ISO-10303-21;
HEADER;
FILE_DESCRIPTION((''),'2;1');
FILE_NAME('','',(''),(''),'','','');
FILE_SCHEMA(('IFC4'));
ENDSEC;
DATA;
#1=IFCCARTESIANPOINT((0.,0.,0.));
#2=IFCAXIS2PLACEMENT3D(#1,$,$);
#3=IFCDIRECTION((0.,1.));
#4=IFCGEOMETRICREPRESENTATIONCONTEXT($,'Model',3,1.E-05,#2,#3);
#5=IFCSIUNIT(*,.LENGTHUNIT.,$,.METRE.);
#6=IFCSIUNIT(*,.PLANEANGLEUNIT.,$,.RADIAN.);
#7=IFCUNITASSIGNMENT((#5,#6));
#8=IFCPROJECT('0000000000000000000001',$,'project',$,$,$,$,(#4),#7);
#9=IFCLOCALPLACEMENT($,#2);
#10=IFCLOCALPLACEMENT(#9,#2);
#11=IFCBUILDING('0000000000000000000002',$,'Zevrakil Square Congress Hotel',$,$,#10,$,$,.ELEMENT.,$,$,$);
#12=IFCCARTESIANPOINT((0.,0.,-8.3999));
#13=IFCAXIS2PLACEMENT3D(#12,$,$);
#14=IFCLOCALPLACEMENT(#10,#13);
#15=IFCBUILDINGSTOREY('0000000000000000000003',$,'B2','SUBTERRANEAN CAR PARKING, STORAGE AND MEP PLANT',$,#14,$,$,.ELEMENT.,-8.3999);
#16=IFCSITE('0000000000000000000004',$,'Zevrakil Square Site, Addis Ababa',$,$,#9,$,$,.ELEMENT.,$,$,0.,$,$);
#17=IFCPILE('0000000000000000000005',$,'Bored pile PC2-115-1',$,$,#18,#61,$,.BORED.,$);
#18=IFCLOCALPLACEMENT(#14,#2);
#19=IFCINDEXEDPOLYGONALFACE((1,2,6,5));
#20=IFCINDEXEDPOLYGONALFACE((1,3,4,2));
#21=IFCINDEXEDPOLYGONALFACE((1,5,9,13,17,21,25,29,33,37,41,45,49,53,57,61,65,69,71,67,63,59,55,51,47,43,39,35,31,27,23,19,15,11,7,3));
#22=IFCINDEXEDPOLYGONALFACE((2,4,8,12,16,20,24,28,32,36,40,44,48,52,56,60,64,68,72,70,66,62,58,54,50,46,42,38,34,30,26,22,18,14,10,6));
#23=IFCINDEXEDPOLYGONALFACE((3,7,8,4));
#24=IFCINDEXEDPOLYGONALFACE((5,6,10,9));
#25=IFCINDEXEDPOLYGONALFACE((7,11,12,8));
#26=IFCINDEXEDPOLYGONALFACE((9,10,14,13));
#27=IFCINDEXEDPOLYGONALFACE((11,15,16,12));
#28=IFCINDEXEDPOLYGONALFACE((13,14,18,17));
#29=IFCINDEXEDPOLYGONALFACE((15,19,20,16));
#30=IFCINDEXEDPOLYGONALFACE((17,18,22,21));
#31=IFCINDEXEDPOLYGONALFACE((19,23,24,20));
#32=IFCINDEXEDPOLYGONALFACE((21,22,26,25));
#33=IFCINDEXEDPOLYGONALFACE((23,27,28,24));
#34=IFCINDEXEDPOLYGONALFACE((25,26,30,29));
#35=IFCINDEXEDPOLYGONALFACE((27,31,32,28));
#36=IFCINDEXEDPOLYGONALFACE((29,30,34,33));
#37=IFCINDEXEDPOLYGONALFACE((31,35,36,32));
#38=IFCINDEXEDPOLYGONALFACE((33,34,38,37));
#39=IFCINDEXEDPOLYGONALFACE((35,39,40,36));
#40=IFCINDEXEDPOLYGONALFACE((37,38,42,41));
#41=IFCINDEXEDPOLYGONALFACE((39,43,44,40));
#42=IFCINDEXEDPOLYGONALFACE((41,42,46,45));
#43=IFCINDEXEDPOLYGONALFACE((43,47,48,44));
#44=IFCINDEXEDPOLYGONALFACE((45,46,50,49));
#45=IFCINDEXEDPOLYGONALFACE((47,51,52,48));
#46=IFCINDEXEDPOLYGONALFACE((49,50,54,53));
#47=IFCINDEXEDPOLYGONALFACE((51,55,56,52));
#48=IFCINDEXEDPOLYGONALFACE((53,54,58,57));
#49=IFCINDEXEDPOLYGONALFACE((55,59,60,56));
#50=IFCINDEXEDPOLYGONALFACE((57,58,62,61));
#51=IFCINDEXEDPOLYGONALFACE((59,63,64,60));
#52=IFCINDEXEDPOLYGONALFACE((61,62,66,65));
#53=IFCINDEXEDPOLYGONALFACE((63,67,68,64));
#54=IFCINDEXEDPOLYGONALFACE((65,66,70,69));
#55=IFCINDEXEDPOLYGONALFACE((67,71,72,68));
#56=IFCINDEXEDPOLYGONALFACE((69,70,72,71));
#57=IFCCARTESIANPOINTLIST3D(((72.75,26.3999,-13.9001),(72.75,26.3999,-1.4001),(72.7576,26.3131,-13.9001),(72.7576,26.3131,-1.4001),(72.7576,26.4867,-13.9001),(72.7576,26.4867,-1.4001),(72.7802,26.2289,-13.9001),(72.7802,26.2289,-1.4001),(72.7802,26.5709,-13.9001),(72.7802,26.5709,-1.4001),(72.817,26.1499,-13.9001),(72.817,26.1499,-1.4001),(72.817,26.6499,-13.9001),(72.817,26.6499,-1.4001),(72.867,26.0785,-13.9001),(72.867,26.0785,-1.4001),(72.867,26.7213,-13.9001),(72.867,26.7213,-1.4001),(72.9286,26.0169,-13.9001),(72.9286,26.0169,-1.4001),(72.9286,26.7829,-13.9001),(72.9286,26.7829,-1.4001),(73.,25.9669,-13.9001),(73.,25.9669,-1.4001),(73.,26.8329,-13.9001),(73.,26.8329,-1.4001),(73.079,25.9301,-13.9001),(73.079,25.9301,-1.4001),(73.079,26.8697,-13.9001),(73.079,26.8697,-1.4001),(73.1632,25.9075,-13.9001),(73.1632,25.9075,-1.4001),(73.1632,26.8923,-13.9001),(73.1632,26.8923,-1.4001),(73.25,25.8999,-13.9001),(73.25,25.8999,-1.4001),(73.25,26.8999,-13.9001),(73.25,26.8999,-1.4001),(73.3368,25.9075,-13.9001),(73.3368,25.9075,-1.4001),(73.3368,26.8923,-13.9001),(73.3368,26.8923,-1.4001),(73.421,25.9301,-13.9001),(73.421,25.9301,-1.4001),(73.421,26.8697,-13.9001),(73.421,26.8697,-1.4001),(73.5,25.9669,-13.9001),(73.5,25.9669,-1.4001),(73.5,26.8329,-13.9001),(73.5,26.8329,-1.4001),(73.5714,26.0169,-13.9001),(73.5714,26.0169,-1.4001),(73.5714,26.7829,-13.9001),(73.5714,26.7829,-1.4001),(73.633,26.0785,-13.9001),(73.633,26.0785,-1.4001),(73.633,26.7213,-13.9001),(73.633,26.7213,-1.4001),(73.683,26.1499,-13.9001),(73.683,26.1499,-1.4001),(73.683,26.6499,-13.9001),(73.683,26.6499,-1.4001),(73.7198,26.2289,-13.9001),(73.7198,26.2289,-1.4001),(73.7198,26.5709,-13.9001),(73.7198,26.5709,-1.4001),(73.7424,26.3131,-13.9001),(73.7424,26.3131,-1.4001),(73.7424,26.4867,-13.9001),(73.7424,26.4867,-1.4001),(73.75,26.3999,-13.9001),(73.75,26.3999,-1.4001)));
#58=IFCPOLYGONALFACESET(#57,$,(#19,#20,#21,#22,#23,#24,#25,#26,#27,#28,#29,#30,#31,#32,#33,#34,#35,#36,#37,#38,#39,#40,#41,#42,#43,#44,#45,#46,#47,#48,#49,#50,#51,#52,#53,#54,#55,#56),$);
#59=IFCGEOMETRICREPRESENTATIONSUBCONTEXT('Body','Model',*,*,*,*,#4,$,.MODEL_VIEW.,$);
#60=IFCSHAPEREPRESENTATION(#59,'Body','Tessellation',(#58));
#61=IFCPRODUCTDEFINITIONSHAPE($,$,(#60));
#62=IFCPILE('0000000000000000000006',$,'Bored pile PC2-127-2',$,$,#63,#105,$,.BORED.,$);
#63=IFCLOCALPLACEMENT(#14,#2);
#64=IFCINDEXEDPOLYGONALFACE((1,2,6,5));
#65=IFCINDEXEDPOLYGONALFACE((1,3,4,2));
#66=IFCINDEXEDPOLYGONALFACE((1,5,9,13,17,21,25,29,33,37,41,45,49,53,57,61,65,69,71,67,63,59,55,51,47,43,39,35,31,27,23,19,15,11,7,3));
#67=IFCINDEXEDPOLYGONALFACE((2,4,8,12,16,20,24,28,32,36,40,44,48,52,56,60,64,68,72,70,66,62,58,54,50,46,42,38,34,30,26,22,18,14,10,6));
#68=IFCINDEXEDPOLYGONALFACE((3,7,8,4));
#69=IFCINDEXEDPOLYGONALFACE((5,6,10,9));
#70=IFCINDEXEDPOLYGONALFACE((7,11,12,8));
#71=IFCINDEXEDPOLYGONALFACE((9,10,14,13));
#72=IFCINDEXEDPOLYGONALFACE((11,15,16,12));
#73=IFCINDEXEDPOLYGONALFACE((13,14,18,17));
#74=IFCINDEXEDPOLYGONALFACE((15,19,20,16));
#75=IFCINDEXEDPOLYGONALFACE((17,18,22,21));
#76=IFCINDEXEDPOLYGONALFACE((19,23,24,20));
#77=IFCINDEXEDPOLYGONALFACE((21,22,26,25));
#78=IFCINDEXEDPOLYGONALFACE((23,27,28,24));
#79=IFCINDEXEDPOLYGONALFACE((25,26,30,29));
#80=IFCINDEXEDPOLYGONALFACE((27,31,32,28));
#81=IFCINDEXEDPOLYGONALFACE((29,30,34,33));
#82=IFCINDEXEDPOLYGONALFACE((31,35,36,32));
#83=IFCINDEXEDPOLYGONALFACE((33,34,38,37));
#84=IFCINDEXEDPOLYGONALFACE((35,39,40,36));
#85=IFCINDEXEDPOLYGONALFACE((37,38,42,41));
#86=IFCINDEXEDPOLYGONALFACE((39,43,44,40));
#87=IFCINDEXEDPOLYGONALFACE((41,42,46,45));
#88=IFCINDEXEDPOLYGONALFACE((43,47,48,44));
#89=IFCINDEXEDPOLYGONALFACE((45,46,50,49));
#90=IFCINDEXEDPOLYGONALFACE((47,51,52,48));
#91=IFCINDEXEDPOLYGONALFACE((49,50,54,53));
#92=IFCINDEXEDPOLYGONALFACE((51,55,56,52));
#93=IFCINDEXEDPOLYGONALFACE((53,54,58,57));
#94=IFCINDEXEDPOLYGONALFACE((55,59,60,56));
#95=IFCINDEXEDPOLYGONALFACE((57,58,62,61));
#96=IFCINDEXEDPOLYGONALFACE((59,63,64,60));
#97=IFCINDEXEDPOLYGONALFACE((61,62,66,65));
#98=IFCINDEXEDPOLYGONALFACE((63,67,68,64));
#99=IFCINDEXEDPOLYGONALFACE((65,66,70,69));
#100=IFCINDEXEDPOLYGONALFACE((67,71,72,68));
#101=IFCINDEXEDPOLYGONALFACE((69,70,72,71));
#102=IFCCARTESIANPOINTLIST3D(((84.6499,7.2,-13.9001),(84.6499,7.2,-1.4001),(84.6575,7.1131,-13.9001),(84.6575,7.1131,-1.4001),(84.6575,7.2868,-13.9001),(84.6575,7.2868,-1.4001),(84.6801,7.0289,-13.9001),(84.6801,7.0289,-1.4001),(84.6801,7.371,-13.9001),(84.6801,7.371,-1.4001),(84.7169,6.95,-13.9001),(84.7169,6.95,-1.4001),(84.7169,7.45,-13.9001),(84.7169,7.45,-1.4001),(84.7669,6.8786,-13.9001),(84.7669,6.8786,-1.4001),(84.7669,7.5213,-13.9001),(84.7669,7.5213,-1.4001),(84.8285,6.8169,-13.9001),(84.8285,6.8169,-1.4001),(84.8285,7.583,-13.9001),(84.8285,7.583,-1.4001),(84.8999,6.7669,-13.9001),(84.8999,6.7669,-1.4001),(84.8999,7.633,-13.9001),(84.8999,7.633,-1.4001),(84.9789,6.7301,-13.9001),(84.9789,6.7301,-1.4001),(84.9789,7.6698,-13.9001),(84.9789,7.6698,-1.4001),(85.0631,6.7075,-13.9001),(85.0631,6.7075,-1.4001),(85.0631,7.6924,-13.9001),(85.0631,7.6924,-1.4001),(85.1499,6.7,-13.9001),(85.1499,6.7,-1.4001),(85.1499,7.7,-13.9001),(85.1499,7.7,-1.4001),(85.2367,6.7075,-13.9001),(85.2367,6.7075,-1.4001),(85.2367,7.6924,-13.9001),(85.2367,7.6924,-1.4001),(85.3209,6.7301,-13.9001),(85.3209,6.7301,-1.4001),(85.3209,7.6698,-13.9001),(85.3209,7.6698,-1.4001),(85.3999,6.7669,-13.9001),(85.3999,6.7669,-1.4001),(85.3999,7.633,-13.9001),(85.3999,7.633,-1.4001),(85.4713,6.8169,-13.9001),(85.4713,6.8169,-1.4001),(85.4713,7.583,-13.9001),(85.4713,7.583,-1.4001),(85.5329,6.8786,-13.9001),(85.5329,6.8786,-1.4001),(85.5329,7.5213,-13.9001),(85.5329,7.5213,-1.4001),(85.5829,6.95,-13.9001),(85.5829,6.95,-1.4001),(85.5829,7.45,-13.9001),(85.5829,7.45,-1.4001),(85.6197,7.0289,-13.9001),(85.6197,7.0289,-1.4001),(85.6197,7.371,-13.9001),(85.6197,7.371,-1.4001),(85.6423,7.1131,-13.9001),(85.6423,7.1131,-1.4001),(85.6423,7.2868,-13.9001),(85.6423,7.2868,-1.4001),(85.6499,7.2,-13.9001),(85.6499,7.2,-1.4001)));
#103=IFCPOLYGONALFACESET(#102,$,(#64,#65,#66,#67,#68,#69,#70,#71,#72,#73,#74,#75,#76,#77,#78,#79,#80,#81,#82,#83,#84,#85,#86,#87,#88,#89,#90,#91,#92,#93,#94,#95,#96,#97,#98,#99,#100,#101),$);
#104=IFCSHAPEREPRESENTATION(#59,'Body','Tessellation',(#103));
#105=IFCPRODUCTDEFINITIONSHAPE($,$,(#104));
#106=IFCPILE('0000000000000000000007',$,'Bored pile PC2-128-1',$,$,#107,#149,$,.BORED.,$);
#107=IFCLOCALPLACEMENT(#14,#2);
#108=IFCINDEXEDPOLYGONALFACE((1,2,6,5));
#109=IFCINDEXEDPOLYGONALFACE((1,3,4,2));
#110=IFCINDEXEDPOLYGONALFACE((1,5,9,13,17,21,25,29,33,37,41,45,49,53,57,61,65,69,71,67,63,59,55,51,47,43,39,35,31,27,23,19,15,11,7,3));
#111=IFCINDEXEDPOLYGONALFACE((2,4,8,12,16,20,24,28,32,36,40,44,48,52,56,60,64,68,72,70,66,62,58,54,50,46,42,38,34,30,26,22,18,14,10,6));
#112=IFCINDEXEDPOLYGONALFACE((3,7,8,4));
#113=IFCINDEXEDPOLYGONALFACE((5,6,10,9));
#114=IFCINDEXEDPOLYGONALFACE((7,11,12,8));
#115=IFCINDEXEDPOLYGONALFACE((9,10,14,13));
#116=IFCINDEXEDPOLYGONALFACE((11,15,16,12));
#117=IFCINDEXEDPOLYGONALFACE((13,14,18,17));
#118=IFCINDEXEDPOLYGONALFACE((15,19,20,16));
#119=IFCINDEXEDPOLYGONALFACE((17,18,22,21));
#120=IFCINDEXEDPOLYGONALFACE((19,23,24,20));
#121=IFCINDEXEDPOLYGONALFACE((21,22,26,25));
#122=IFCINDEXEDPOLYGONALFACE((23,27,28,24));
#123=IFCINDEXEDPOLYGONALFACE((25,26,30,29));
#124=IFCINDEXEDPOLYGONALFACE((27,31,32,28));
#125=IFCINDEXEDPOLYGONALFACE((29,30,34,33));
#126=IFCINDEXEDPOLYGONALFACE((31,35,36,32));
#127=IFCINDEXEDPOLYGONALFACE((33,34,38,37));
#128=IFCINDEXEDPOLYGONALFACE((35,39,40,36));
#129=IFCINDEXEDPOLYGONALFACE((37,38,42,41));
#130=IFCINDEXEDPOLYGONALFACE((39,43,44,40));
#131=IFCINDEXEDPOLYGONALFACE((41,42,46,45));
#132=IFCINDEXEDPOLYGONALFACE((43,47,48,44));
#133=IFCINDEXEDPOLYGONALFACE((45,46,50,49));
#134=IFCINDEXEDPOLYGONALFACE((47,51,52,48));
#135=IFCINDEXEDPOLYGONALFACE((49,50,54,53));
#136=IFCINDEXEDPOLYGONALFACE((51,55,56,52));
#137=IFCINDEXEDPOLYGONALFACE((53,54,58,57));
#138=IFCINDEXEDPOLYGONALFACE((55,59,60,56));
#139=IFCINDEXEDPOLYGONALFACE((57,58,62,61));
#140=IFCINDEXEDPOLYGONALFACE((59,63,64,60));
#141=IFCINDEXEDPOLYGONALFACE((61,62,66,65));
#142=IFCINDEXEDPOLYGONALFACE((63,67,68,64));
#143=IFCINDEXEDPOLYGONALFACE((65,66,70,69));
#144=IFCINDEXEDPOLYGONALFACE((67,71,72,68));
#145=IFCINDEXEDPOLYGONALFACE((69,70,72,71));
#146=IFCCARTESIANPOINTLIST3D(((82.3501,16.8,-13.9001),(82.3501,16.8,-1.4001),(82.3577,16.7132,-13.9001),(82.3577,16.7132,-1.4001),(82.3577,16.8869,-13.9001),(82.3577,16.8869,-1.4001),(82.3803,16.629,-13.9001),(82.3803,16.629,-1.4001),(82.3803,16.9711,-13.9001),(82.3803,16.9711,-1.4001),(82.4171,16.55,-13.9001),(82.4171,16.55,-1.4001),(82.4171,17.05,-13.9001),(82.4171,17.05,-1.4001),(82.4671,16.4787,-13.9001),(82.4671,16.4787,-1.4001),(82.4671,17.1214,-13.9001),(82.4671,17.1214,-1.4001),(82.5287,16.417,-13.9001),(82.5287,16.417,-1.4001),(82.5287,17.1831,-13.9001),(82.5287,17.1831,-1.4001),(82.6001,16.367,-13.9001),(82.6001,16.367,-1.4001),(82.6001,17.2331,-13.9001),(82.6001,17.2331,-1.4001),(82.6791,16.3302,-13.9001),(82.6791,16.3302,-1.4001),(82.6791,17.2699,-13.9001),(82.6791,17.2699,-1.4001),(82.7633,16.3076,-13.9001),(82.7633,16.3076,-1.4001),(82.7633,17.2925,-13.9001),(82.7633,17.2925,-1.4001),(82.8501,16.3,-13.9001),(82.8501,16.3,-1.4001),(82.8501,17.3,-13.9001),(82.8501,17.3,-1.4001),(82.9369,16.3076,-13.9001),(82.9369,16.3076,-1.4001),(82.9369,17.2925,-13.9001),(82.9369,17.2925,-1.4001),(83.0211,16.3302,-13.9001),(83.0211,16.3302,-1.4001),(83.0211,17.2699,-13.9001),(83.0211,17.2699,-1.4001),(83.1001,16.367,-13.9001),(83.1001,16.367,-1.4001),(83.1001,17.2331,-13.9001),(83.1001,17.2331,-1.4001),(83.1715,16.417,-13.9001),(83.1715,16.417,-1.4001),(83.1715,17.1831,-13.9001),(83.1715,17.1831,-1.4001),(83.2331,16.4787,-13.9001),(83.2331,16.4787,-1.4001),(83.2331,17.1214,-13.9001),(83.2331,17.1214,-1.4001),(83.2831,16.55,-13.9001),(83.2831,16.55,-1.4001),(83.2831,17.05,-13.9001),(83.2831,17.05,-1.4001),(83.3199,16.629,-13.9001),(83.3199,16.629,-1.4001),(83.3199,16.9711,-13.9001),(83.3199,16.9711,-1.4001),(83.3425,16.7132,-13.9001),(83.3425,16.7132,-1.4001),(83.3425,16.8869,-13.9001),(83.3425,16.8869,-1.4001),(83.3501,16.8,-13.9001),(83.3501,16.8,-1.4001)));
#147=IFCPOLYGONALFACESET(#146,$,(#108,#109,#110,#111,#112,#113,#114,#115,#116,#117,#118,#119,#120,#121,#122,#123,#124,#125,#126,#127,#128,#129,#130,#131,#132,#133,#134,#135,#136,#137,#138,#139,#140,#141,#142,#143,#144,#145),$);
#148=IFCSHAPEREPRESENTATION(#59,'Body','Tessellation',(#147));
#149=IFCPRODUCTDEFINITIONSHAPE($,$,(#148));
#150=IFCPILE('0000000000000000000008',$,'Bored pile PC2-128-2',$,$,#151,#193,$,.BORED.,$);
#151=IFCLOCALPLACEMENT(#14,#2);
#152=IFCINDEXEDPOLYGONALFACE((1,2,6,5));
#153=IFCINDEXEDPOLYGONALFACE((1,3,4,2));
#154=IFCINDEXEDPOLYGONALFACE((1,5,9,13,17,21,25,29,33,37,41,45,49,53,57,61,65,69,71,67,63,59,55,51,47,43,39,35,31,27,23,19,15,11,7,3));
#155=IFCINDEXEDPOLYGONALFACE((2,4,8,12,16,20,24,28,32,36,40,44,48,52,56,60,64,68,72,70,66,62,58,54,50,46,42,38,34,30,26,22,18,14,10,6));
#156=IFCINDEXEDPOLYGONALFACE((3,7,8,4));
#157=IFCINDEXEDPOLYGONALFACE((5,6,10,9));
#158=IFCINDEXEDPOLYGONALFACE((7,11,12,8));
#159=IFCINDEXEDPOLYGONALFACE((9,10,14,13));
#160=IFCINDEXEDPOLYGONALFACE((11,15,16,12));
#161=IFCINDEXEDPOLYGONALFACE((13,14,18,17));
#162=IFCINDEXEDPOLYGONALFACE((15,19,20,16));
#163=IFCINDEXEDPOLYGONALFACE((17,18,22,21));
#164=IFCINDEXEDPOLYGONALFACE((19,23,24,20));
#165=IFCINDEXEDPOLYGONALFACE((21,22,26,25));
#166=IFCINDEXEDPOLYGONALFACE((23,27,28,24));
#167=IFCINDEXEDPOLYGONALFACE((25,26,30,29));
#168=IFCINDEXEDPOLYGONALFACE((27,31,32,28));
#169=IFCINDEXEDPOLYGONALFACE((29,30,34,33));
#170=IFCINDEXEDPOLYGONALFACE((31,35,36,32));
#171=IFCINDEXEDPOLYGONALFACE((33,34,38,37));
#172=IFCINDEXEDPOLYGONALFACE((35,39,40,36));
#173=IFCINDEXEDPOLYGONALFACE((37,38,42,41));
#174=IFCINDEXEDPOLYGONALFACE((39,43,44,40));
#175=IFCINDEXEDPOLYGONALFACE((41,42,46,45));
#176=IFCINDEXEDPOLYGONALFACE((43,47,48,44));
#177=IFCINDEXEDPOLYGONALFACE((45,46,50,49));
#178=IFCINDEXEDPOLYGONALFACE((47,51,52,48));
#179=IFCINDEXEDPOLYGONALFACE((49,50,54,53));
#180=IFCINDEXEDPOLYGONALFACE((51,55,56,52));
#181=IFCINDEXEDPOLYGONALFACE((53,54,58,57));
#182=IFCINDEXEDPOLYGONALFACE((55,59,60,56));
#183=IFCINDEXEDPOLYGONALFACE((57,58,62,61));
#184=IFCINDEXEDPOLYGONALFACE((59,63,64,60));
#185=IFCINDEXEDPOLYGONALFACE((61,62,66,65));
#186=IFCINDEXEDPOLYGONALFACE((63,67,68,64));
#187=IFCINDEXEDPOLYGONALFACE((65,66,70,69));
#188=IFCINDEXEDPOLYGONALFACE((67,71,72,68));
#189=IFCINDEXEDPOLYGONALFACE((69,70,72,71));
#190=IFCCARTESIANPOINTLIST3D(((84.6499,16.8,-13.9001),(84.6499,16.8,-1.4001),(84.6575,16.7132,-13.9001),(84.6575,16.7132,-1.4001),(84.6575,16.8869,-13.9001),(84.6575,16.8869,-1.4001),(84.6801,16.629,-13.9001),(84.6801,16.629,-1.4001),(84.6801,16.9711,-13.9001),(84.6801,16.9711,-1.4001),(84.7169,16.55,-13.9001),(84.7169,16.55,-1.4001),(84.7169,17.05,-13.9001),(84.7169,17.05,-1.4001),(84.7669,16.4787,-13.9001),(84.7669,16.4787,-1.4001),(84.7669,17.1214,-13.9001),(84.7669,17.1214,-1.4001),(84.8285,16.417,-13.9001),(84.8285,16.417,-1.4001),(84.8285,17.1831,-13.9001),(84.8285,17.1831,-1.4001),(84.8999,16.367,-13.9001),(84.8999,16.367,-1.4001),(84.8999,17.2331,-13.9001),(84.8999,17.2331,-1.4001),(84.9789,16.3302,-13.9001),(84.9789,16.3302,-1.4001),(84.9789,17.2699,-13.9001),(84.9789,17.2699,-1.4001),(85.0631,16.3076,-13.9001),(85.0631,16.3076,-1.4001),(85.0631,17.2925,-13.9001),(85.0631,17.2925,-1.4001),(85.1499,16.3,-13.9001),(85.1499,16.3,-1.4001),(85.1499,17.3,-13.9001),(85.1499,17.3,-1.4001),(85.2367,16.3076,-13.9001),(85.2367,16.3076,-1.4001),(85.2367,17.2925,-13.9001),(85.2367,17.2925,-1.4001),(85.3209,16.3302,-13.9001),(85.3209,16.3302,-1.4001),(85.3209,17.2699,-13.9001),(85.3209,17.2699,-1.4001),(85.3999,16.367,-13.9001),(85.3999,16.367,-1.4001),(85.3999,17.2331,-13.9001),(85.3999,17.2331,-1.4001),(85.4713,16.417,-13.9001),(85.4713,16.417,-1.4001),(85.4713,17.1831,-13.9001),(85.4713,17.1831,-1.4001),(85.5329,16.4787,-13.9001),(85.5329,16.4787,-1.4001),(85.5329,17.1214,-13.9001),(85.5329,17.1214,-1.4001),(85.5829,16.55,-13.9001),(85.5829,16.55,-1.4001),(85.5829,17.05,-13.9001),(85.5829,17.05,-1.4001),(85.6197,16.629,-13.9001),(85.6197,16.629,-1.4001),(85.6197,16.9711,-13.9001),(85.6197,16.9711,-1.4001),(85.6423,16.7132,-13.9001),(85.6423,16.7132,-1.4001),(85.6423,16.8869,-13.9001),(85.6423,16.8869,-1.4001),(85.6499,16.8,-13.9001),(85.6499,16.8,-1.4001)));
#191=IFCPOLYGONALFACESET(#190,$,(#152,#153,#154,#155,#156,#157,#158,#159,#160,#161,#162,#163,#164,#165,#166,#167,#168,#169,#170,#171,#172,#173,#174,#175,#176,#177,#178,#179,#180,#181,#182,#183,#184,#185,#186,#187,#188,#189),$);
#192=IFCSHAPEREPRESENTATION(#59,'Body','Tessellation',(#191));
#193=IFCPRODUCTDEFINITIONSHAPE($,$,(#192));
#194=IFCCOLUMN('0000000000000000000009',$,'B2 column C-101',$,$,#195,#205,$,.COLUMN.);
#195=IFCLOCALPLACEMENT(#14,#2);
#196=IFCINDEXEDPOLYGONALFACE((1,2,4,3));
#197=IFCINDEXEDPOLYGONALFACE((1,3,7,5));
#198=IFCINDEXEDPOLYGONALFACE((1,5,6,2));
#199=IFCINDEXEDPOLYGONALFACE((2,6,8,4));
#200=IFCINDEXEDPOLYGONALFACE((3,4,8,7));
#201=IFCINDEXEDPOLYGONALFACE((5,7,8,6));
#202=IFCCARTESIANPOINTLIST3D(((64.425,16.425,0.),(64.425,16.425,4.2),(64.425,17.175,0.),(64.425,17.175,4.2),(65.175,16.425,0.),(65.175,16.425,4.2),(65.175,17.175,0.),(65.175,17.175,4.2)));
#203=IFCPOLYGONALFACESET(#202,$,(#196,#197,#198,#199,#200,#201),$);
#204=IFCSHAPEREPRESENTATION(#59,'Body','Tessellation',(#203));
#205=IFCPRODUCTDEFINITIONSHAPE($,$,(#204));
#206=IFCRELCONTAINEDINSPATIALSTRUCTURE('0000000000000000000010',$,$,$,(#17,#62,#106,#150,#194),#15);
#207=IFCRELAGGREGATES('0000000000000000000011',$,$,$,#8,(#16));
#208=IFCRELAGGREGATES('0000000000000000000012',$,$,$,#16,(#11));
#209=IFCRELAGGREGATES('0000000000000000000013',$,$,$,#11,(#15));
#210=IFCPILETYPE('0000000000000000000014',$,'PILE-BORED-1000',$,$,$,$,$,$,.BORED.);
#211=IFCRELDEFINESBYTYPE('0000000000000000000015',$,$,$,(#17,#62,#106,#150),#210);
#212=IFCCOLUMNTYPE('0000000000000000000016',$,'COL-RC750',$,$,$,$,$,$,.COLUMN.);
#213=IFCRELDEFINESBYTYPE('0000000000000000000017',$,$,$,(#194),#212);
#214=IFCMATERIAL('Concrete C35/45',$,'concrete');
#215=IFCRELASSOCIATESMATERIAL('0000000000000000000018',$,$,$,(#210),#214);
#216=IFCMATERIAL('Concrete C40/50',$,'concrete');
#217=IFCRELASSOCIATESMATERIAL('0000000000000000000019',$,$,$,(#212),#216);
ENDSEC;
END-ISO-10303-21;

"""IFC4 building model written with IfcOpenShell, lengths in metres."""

from ifc_helpers import new_model, si_unit, direction, frame, origin, origin_2d, place, context, subcontext, project, spatial, rectangle, circle, extrude, material, material_profile, profile_set, type_object, element, save


model = new_model("IFC4")

# Units and contexts
model_context = context("Model", 3, precision=1e-05, world=origin(), true_north=direction((0.0, 1.0)))
body_context = subcontext(model_context, "Body", "Model", "MODEL_VIEW")
ifc_project = project(units=[si_unit("LENGTHUNIT", "METRE"), si_unit("PLANEANGLEUNIT", "RADIAN")], contexts=[model_context])

# Site, building, storey
site_placement = place(None, origin())
site = spatial("IfcSite", under=ifc_project, at=site_placement, Name="Zevrakil Square Site, Addis Ababa", CompositionType="ELEMENT", RefElevation=0.0)
building_placement = place(site_placement, origin())
building = spatial("IfcBuilding", under=site, at=building_placement, Name="Zevrakil Square Congress Hotel", CompositionType="ELEMENT")
storey_placement = place(building_placement, frame((0.0, 0.0, -8.3999)))
storey = spatial("IfcBuildingStorey", under=building, at=storey_placement, Name="B2", Description="SUBTERRANEAN CAR PARKING, STORAGE AND MEP PLANT", CompositionType="ELEMENT", Elevation=-8.3999)

# Piles
ifc_material_1 = material(Name="Concrete C35/45", Category="concrete")
ifc_material_profile_1 = material_profile(ifc_material_1, circle(Radius=0.5, at=origin_2d()), Name="PILE D1000")
ifc_profile_set_1 = profile_set([ifc_material_profile_1], Name="Concrete C35/45")
pile_type = type_object("IfcPileType", Name="PILE-BORED-1000", PredefinedType="BORED", material=ifc_profile_set_1)
for number, where, z_axis, x_axis, name in (
    (1, (73.25, 26.3999, -1.4001), (0.0, 0.0, -1.0), (1.0, 0.0, 0.0), "Bored pile PC2-115-1"),
    (2, (85.1499, 7.2, -1.4001), (0.0, 0.0, -1.0), (1.0, 0.0, 0.0), "Bored pile PC2-127-2"),
    (3, (82.8501, 16.8, -1.4001), (0.0, 0.0, -1.0), (1.0, 0.0, 0.0), "Bored pile PC2-128-1"),
    (4, (85.1499, 16.8, -1.4001), (0.0, 0.0, -1.0), (1.0, 0.0, 0.0), "Bored pile PC2-128-2"),
):
    element("IfcPile", number, at=place(storey_placement, frame(where, z_axis=z_axis, x_axis=x_axis)), inside=storey, type_object=pile_type, Name=name, PredefinedType="BORED", context=body_context, shape_type="SweptSolid", body=[
        extrude(circle(Radius=0.5, at=origin_2d()), origin(), (0.0, 0.0, 1.0), 12.5),
    ])

# Column
ifc_material_2 = material(Name="Concrete C40/50", Category="concrete")
ifc_material_profile_2 = material_profile(ifc_material_2, rectangle(XDim=0.75, YDim=0.75, at=origin_2d()), Name="RC 750x750")
ifc_profile_set_2 = profile_set([ifc_material_profile_2], Name="Concrete C40/50")
column_type = type_object("IfcColumnType", Name="COL-RC750", PredefinedType="COLUMN", material=ifc_profile_set_2)
for number, where, z_axis, x_axis, name in (
    (5, (64.8, 16.8, 0.0), (0.0, 0.0, 1.0), (1.0, 0.0, 0.0), "B2 column C-101"),
):
    element("IfcColumn", number, at=place(storey_placement, frame(where, z_axis=z_axis, x_axis=x_axis)), inside=storey, type_object=column_type, Name=name, PredefinedType="COLUMN", context=body_context, shape_type="SweptSolid", body=[
        extrude(rectangle(XDim=0.75, YDim=0.75, at=origin_2d()), origin(), (0.0, 0.0, 1.0), 4.2),
    ])

save(model, "model.ifc")
